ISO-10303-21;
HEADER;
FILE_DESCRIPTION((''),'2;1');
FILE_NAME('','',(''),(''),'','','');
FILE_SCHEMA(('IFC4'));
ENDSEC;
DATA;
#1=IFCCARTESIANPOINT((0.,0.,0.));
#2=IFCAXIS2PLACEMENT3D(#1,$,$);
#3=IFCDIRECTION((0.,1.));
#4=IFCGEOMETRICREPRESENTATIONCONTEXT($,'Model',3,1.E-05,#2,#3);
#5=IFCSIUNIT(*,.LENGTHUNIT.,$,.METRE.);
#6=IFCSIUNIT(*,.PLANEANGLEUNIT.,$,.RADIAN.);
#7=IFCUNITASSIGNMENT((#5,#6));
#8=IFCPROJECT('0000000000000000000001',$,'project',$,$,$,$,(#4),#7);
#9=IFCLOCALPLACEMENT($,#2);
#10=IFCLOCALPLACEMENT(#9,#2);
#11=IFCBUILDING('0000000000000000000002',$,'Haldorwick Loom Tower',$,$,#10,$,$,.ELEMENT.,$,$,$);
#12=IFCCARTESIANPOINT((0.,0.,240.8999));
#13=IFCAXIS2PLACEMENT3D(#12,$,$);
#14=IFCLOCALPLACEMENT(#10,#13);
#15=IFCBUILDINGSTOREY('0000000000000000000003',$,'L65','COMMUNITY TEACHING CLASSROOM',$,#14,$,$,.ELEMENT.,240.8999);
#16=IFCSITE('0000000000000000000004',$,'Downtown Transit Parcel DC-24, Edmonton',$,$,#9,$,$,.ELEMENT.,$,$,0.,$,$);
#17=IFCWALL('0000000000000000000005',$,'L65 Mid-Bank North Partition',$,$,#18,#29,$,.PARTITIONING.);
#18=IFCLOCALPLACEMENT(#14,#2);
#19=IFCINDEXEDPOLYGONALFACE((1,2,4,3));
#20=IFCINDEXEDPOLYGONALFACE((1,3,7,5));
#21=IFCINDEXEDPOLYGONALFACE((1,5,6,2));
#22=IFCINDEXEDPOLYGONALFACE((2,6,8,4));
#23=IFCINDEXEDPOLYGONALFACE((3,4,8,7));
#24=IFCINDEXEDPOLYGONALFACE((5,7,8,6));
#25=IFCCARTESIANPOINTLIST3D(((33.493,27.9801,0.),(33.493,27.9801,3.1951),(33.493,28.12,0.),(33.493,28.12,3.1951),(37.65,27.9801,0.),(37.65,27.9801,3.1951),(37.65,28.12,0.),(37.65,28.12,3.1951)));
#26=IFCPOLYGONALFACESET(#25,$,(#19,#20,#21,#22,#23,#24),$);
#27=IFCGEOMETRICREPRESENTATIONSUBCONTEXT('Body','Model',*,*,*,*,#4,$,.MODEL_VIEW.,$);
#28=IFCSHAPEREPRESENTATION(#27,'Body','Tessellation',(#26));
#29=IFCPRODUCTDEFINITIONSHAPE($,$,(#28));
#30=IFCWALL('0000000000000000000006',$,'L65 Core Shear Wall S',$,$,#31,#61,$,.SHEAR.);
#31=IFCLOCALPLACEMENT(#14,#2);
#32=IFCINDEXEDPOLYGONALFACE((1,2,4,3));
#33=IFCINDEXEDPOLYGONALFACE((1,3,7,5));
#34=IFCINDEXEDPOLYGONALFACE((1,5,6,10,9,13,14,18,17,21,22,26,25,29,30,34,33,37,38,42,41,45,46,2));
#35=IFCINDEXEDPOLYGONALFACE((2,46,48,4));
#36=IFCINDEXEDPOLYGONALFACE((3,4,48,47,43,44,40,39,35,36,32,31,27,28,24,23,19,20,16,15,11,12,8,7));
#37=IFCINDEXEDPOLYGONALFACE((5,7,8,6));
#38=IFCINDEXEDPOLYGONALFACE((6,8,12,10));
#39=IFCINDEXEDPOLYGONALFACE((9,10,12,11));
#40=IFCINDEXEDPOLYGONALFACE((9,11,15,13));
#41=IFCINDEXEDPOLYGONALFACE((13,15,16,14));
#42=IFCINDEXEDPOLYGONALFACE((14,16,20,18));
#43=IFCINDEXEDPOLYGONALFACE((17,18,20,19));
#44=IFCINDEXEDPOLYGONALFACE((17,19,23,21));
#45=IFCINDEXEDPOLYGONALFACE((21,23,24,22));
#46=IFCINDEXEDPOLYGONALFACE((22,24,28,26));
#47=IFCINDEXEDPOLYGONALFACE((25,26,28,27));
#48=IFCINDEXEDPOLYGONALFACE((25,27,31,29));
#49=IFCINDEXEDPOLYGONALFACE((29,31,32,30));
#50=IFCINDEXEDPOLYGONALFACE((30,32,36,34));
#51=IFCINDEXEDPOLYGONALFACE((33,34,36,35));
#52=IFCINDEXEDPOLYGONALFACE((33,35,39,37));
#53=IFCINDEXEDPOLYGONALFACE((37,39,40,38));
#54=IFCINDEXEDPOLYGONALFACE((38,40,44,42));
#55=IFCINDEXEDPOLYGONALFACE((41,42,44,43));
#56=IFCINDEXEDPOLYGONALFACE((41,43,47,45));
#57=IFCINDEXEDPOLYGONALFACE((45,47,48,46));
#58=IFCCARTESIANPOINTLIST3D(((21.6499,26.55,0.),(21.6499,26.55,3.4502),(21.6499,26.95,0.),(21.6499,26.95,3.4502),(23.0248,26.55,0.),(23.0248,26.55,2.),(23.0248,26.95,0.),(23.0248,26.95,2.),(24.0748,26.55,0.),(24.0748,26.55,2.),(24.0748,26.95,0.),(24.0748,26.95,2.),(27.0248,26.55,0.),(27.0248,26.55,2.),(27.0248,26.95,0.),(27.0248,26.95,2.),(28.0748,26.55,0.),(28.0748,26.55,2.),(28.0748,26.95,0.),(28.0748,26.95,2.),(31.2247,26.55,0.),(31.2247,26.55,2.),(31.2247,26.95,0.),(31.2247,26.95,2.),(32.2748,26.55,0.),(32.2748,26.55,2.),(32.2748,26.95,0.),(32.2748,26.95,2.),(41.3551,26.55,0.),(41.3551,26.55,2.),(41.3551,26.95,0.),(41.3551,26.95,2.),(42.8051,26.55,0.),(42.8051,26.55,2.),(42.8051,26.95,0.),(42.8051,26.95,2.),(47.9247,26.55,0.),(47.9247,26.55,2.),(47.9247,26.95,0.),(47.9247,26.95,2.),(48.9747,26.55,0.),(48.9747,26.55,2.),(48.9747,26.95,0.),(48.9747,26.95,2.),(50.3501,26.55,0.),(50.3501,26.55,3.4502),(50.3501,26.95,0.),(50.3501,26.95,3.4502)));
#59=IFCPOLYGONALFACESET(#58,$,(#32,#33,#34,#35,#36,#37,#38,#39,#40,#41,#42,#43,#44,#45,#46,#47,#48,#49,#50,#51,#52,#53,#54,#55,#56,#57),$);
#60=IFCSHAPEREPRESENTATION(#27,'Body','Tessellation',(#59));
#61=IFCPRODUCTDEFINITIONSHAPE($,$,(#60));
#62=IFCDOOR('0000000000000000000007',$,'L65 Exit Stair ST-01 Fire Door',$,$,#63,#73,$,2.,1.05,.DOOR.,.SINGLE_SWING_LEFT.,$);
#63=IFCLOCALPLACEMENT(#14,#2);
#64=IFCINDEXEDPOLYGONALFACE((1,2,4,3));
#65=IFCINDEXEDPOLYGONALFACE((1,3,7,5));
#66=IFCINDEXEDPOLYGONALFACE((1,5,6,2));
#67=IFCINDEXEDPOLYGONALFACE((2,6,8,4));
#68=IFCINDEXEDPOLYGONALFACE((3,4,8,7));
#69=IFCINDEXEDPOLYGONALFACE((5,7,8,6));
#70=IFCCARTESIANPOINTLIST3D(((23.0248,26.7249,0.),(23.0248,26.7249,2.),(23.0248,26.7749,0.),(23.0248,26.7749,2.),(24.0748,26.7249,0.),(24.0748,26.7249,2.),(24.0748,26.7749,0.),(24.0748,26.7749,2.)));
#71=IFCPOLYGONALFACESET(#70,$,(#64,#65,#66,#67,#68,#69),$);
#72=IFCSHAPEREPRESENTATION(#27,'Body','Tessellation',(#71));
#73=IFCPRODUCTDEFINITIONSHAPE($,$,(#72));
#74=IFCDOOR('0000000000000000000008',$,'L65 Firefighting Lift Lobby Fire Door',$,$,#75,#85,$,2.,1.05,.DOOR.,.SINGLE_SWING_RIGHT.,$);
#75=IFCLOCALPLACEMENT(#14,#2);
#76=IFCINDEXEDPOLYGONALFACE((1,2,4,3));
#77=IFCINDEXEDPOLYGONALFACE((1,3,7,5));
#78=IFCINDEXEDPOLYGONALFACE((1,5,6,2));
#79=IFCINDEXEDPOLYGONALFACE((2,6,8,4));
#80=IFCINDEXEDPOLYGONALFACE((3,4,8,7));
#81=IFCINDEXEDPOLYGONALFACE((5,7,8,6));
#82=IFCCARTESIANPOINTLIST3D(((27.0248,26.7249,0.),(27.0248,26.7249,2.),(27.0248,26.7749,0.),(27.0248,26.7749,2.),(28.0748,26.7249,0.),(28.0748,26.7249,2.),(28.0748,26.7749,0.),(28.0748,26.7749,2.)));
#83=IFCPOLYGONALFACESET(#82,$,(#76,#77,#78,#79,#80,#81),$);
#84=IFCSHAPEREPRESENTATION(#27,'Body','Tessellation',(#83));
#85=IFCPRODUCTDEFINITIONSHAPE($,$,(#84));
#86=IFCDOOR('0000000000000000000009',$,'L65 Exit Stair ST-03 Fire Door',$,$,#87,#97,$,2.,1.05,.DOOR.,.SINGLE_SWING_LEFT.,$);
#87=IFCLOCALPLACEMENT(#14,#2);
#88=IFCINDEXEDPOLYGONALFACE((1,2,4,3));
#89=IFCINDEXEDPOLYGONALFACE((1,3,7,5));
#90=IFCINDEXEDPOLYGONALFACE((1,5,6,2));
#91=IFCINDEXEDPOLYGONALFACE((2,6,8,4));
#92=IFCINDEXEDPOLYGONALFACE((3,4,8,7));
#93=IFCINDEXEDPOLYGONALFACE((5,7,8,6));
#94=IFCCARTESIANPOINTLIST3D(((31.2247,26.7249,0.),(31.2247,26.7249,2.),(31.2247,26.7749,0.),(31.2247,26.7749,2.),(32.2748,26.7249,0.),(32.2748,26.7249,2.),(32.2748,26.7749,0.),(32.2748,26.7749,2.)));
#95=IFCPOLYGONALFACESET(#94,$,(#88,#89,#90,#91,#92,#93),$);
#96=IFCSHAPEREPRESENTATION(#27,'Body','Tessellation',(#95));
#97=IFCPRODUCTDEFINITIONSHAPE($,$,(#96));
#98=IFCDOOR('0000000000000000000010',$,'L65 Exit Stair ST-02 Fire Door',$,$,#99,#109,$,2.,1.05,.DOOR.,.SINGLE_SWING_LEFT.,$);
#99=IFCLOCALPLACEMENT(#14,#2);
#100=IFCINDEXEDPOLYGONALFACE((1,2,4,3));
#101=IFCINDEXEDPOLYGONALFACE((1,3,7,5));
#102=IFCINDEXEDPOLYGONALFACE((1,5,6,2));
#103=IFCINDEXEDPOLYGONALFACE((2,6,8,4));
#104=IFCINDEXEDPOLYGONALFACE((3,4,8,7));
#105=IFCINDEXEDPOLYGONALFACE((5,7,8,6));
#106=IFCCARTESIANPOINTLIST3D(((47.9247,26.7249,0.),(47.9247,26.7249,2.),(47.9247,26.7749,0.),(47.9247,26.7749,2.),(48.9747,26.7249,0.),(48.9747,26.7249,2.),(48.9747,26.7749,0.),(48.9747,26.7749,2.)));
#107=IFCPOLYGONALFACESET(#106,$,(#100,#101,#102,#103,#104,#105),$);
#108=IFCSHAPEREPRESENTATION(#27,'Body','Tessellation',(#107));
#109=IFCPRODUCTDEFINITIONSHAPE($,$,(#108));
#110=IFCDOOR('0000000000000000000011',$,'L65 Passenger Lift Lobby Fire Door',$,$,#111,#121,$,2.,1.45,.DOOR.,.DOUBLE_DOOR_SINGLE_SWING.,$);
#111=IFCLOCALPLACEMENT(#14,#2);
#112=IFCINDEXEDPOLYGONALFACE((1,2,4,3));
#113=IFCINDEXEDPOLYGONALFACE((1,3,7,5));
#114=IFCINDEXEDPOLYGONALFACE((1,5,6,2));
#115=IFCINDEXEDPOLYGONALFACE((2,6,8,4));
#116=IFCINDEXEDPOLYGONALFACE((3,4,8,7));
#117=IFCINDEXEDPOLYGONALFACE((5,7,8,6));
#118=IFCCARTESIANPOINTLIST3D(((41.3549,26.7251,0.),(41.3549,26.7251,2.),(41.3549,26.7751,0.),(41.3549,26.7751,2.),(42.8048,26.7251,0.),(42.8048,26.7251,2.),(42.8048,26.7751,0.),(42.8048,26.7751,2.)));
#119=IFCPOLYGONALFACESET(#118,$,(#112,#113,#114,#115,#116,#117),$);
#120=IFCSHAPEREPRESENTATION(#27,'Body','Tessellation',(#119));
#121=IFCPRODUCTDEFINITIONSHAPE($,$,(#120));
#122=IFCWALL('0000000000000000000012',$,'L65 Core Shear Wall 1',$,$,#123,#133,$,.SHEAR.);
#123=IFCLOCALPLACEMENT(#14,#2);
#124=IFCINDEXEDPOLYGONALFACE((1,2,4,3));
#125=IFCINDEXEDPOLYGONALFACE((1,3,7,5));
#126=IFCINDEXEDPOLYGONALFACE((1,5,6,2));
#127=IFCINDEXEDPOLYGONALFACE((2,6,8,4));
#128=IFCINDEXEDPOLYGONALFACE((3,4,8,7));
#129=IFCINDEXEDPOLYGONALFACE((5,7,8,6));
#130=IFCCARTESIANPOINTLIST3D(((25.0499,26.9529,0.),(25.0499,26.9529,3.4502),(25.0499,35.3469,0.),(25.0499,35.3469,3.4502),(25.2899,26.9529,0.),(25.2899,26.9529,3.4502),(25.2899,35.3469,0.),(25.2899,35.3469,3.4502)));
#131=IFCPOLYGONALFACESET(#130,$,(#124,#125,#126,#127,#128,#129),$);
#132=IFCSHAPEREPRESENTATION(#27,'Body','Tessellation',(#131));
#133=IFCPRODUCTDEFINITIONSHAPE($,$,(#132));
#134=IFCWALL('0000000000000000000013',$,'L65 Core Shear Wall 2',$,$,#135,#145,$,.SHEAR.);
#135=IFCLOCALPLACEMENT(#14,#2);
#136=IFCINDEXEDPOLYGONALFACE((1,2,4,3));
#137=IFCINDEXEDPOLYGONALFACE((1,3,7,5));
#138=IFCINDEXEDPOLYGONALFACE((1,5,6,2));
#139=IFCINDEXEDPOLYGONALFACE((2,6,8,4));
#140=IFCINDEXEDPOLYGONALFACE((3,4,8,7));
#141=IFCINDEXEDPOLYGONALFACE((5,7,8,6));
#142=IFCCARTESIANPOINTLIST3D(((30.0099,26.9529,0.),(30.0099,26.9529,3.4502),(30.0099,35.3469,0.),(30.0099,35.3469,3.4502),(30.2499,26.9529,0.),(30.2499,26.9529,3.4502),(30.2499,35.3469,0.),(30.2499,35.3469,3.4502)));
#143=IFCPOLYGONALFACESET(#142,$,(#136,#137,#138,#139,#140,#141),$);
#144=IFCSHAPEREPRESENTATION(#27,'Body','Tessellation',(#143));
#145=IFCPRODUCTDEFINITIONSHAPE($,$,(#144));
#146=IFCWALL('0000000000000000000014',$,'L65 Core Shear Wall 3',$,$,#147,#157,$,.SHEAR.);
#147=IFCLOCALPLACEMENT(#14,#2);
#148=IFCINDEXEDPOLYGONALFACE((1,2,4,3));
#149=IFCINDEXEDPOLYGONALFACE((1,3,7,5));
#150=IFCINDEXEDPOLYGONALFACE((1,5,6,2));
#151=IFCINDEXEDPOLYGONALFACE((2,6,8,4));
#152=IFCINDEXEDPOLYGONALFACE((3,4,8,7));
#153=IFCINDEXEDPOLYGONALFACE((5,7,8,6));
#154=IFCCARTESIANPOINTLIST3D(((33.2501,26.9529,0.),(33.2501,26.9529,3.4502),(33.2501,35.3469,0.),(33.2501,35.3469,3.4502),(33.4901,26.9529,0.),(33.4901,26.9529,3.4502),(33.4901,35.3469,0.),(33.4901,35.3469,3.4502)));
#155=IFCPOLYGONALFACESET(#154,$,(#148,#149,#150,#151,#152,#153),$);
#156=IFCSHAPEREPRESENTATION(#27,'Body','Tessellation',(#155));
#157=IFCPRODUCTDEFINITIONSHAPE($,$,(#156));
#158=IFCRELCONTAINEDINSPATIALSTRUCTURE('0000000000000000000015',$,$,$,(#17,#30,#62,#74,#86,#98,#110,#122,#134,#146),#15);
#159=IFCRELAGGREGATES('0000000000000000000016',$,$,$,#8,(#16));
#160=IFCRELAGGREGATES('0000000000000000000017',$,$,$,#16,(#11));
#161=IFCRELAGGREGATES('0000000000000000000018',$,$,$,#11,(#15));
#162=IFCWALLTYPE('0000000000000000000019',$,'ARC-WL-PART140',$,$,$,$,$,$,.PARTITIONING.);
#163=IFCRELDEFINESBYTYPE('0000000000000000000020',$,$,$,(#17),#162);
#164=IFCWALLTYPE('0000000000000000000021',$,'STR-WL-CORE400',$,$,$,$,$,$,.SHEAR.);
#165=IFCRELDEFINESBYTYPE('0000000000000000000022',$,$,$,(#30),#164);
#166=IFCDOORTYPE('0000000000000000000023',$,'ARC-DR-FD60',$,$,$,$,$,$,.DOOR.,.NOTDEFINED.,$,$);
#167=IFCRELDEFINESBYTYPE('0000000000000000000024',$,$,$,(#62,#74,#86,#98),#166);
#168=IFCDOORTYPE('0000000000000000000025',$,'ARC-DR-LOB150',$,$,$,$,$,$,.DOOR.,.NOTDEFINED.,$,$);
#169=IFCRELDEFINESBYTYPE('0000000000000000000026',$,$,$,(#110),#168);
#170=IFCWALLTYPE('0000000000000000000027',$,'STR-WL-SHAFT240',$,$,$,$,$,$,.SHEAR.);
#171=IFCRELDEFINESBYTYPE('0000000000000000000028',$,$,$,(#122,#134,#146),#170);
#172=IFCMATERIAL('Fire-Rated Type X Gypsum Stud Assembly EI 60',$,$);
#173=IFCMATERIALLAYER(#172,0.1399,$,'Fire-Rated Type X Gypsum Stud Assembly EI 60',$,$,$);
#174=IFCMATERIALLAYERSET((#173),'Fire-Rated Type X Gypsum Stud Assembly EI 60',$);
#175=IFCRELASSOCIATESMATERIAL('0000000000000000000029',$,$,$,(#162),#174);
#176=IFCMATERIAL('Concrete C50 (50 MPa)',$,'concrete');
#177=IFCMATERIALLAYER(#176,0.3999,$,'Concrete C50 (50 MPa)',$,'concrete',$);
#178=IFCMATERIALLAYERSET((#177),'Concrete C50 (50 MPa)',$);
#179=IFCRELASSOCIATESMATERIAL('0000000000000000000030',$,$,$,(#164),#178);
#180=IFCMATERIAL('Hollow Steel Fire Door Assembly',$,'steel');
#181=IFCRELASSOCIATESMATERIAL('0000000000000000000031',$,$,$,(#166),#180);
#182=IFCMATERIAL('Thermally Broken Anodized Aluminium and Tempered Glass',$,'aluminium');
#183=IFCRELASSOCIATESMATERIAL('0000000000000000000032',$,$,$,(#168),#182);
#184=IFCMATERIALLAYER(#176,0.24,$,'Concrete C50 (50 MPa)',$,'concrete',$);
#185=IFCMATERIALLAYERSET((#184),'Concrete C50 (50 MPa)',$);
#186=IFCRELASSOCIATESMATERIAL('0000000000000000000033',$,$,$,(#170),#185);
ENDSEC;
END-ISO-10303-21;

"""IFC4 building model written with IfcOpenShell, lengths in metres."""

from ifc_helpers import new_model, si_unit, direction, frame, frame_2d, origin, place, context, subcontext, project, spatial, rectangle, extrude, material, layer, layer_set, type_object, element, fill, save


model = new_model("IFC4")

# Units and contexts
model_context = context("Model", 3, precision=1e-05, world=origin(), true_north=direction((0.0, 1.0)))
body_context = subcontext(model_context, "Body", "Model", "MODEL_VIEW")
ifc_project = project(units=[si_unit("LENGTHUNIT", "METRE"), si_unit("PLANEANGLEUNIT", "RADIAN")], contexts=[model_context])

# Site, building, storey
site_placement = place(None, origin())
site = spatial("IfcSite", under=ifc_project, at=site_placement, Name="Downtown Transit Parcel DC-24, Edmonton", CompositionType="ELEMENT", RefElevation=0.0)
building_placement = place(site_placement, origin())
building = spatial("IfcBuilding", under=site, at=building_placement, Name="Haldorwick Loom Tower", CompositionType="ELEMENT")
storey_placement = place(building_placement, frame((0.0, 0.0, 240.8999)))
storey = spatial("IfcBuildingStorey", under=building, at=storey_placement, Name="L65", Description="COMMUNITY TEACHING CLASSROOM", CompositionType="ELEMENT", Elevation=240.8999)

# Shared definitions
ifc_material_1 = material(Name="Concrete C50 (50 MPa)", Category="concrete")

# Wall
ifc_material_2 = material(Name="Fire-Rated Type X Gypsum Stud Assembly EI 60")
ifc_layer_1 = layer(ifc_material_2, 0.1399, Name="Fire-Rated Type X Gypsum Stud Assembly EI 60")
ifc_layer_set_1 = layer_set([ifc_layer_1], Name="Fire-Rated Type X Gypsum Stud Assembly EI 60")
wall_type_1 = type_object("IfcWallType", Name="ARC-WL-PART140", PredefinedType="PARTITIONING", material=ifc_layer_set_1)
wall_1_placement = place(storey_placement, frame((33.4929, 28.05, 0.0), z_axis=(0.0, 0.0, 1.0), x_axis=(1.0, 0.0, 0.0)))
element("IfcWall", 1, at=wall_1_placement, inside=storey, type_object=wall_type_1, Name="L65 Mid-Bank North Partition", PredefinedType="PARTITIONING", context=body_context, shape_type="SweptSolid", body=[
    extrude(rectangle(XDim=4.157, YDim=0.1399, at=frame_2d((2.0786, 0.0))), origin(), (0.0, 0.0, 1.0), 3.1951),
])

# Wall, openings, doors
ifc_layer_2 = layer(ifc_material_1, 0.3999, Name="Concrete C50 (50 MPa)", Category="concrete")
ifc_layer_set_2 = layer_set([ifc_layer_2], Name="Concrete C50 (50 MPa)")
wall_type_2 = type_object("IfcWallType", Name="STR-WL-CORE400", PredefinedType="SHEAR", material=ifc_layer_set_2)
wall_2_placement = place(storey_placement, frame((21.6499, 26.75, 0.0), z_axis=(0.0, 0.0, 1.0), x_axis=(1.0, 0.0, 0.0)))
wall_2 = element("IfcWall", 2, at=wall_2_placement, inside=storey, type_object=wall_type_2, Name="L65 Core Shear Wall S", PredefinedType="SHEAR", context=body_context, shape_type="SweptSolid", body=[
    extrude(rectangle(XDim=28.7002, YDim=0.3999, at=frame_2d((14.3501, 0.0))), origin(), (0.0, 0.0, 1.0), 3.4502),
])
opening_1_placement = place(wall_2_placement, frame((1.375, 0.0, 0.0)))
opening_1 = element("IfcOpeningElement", 3, at=opening_1_placement, cuts=wall_2, PredefinedType="OPENING", context=body_context, shape_type="SweptSolid", body=[
    extrude(rectangle(XDim=1.05, YDim=2.0, at=frame_2d((0.5249, 1.0))), frame((0.0, 0.21, 0.0), z_axis=(0.0, -1.0, 0.0), x_axis=(1.0, 0.0, 0.0)), (0.0, 0.0, 1.0), 0.4199),
])
opening_2_placement = place(wall_2_placement, frame((5.375, 0.0, 0.0)))
opening_2 = element("IfcOpeningElement", 4, at=opening_2_placement, cuts=wall_2, PredefinedType="OPENING", context=body_context, shape_type="SweptSolid", body=[
    extrude(rectangle(XDim=1.05, YDim=2.0, at=frame_2d((0.5249, 1.0))), frame((0.0, 0.21, 0.0), z_axis=(0.0, -1.0, 0.0), x_axis=(1.0, 0.0, 0.0)), (0.0, 0.0, 1.0), 0.4199),
])
opening_3_placement = place(wall_2_placement, frame((9.575, 0.0, 0.0)))
opening_3 = element("IfcOpeningElement", 5, at=opening_3_placement, cuts=wall_2, PredefinedType="OPENING", context=body_context, shape_type="SweptSolid", body=[
    extrude(rectangle(XDim=1.05, YDim=2.0, at=frame_2d((0.5249, 1.0))), frame((0.0, 0.21, 0.0), z_axis=(0.0, -1.0, 0.0), x_axis=(1.0, 0.0, 0.0)), (0.0, 0.0, 1.0), 0.4199),
])
opening_4_placement = place(wall_2_placement, frame((19.7051, 0.0, 0.0)))
opening_4 = element("IfcOpeningElement", 6, at=opening_4_placement, cuts=wall_2, PredefinedType="OPENING", context=body_context, shape_type="SweptSolid", body=[
    extrude(rectangle(XDim=1.45, YDim=2.0, at=frame_2d((0.7251, 1.0))), frame((0.0, 0.21, 0.0), z_axis=(0.0, -1.0, 0.0), x_axis=(1.0, 0.0, 0.0)), (0.0, 0.0, 1.0), 0.4199),
])
opening_5_placement = place(wall_2_placement, frame((26.2749, 0.0, 0.0)))
opening_5 = element("IfcOpeningElement", 7, at=opening_5_placement, cuts=wall_2, PredefinedType="OPENING", context=body_context, shape_type="SweptSolid", body=[
    extrude(rectangle(XDim=1.05, YDim=2.0, at=frame_2d((0.5249, 1.0))), frame((0.0, 0.21, 0.0), z_axis=(0.0, -1.0, 0.0), x_axis=(1.0, 0.0, 0.0)), (0.0, 0.0, 1.0), 0.4199),
])
ifc_material_3 = material(Name="Hollow Steel Fire Door Assembly", Category="steel")
door_type_1 = type_object("IfcDoorType", Name="ARC-DR-FD60", OperationType="NOTDEFINED", PredefinedType="DOOR", material=ifc_material_3)
door_1_placement = place(opening_1_placement, origin())
door_1 = element("IfcDoor", 8, at=door_1_placement, inside=storey, type_object=door_type_1, Name="L65 Exit Stair ST-01 Fire Door", OperationType="SINGLE_SWING_LEFT", OverallHeight=2.0, OverallWidth=1.05, PredefinedType="DOOR", context=body_context, shape_type="SweptSolid", body=[
    extrude(rectangle(XDim=1.05, YDim=2.0, at=frame_2d((0.5249, 1.0))), frame((0.0, 0.0249, 0.0), z_axis=(0.0, -1.0, 0.0), x_axis=(1.0, 0.0, 0.0)), (0.0, 0.0, 1.0), 0.05),
])
fill(opening_1, door_1)
door_2_placement = place(opening_2_placement, origin())
door_2 = element("IfcDoor", 9, at=door_2_placement, inside=storey, type_object=door_type_1, Name="L65 Firefighting Lift Lobby Fire Door", OperationType="SINGLE_SWING_RIGHT", OverallHeight=2.0, OverallWidth=1.05, PredefinedType="DOOR", context=body_context, shape_type="SweptSolid", body=[
    extrude(rectangle(XDim=1.05, YDim=2.0, at=frame_2d((0.5249, 1.0))), frame((0.0, 0.0249, 0.0), z_axis=(0.0, -1.0, 0.0), x_axis=(1.0, 0.0, 0.0)), (0.0, 0.0, 1.0), 0.05),
])
fill(opening_2, door_2)
door_3_placement = place(opening_3_placement, origin())
door_3 = element("IfcDoor", 10, at=door_3_placement, inside=storey, type_object=door_type_1, Name="L65 Exit Stair ST-03 Fire Door", OperationType="SINGLE_SWING_LEFT", OverallHeight=2.0, OverallWidth=1.05, PredefinedType="DOOR", context=body_context, shape_type="SweptSolid", body=[
    extrude(rectangle(XDim=1.05, YDim=2.0, at=frame_2d((0.5249, 1.0))), frame((0.0, 0.0249, 0.0), z_axis=(0.0, -1.0, 0.0), x_axis=(1.0, 0.0, 0.0)), (0.0, 0.0, 1.0), 0.05),
])
fill(opening_3, door_3)
door_4_placement = place(opening_5_placement, origin())
door_4 = element("IfcDoor", 11, at=door_4_placement, inside=storey, type_object=door_type_1, Name="L65 Exit Stair ST-02 Fire Door", OperationType="SINGLE_SWING_LEFT", OverallHeight=2.0, OverallWidth=1.05, PredefinedType="DOOR", context=body_context, shape_type="SweptSolid", body=[
    extrude(rectangle(XDim=1.05, YDim=2.0, at=frame_2d((0.5249, 1.0))), frame((0.0, 0.0249, 0.0), z_axis=(0.0, -1.0, 0.0), x_axis=(1.0, 0.0, 0.0)), (0.0, 0.0, 1.0), 0.05),
])
fill(opening_5, door_4)
ifc_material_4 = material(Name="Thermally Broken Anodized Aluminium and Tempered Glass", Category="aluminium")
door_type_2 = type_object("IfcDoorType", Name="ARC-DR-LOB150", OperationType="NOTDEFINED", PredefinedType="DOOR", material=ifc_material_4)
door_5_placement = place(opening_4_placement, frame((1.45, 0.0, 0.0), z_axis=(0.0, 0.0, 1.0), x_axis=(-1.0, 0.0, 0.0)))
door_5 = element("IfcDoor", 12, at=door_5_placement, inside=storey, type_object=door_type_2, Name="L65 Passenger Lift Lobby Fire Door", OperationType="DOUBLE_DOOR_SINGLE_SWING", OverallHeight=2.0, OverallWidth=1.45, PredefinedType="DOOR", context=body_context, shape_type="SweptSolid", body=[
    extrude(rectangle(XDim=1.45, YDim=2.0, at=frame_2d((0.7251, 1.0))), frame((0.0, 0.0249, 0.0), z_axis=(0.0, -1.0, 0.0), x_axis=(1.0, 0.0, 0.0)), (0.0, 0.0, 1.0), 0.05),
])
fill(opening_4, door_5)

# Walls
ifc_layer_3 = layer(ifc_material_1, 0.24, Name="Concrete C50 (50 MPa)", Category="concrete")
ifc_layer_set_3 = layer_set([ifc_layer_3], Name="Concrete C50 (50 MPa)")
wall_type_3 = type_object("IfcWallType", Name="STR-WL-SHAFT240", PredefinedType="SHEAR", material=ifc_layer_set_3)
for number, where, z_axis, x_axis, name in (
    (13, (25.1699, 26.9529, 0.0), (0.0, 0.0, 1.0), (0.0, 1.0, 0.0), "L65 Core Shear Wall 1"),
    (14, (30.1299, 26.9529, 0.0), (0.0, 0.0, 1.0), (0.0, 1.0, 0.0), "L65 Core Shear Wall 2"),
    (15, (33.3701, 26.9529, 0.0), (0.0, 0.0, 1.0), (0.0, 1.0, 0.0), "L65 Core Shear Wall 3"),
):
    element("IfcWall", number, at=place(storey_placement, frame(where, z_axis=z_axis, x_axis=x_axis)), inside=storey, type_object=wall_type_3, Name=name, PredefinedType="SHEAR", context=body_context, shape_type="SweptSolid", body=[
        extrude(rectangle(XDim=8.394, YDim=0.24, at=frame_2d((4.197, 0.0))), origin(), (0.0, 0.0, 1.0), 3.4502),
    ])

save(model, "model.ifc")
